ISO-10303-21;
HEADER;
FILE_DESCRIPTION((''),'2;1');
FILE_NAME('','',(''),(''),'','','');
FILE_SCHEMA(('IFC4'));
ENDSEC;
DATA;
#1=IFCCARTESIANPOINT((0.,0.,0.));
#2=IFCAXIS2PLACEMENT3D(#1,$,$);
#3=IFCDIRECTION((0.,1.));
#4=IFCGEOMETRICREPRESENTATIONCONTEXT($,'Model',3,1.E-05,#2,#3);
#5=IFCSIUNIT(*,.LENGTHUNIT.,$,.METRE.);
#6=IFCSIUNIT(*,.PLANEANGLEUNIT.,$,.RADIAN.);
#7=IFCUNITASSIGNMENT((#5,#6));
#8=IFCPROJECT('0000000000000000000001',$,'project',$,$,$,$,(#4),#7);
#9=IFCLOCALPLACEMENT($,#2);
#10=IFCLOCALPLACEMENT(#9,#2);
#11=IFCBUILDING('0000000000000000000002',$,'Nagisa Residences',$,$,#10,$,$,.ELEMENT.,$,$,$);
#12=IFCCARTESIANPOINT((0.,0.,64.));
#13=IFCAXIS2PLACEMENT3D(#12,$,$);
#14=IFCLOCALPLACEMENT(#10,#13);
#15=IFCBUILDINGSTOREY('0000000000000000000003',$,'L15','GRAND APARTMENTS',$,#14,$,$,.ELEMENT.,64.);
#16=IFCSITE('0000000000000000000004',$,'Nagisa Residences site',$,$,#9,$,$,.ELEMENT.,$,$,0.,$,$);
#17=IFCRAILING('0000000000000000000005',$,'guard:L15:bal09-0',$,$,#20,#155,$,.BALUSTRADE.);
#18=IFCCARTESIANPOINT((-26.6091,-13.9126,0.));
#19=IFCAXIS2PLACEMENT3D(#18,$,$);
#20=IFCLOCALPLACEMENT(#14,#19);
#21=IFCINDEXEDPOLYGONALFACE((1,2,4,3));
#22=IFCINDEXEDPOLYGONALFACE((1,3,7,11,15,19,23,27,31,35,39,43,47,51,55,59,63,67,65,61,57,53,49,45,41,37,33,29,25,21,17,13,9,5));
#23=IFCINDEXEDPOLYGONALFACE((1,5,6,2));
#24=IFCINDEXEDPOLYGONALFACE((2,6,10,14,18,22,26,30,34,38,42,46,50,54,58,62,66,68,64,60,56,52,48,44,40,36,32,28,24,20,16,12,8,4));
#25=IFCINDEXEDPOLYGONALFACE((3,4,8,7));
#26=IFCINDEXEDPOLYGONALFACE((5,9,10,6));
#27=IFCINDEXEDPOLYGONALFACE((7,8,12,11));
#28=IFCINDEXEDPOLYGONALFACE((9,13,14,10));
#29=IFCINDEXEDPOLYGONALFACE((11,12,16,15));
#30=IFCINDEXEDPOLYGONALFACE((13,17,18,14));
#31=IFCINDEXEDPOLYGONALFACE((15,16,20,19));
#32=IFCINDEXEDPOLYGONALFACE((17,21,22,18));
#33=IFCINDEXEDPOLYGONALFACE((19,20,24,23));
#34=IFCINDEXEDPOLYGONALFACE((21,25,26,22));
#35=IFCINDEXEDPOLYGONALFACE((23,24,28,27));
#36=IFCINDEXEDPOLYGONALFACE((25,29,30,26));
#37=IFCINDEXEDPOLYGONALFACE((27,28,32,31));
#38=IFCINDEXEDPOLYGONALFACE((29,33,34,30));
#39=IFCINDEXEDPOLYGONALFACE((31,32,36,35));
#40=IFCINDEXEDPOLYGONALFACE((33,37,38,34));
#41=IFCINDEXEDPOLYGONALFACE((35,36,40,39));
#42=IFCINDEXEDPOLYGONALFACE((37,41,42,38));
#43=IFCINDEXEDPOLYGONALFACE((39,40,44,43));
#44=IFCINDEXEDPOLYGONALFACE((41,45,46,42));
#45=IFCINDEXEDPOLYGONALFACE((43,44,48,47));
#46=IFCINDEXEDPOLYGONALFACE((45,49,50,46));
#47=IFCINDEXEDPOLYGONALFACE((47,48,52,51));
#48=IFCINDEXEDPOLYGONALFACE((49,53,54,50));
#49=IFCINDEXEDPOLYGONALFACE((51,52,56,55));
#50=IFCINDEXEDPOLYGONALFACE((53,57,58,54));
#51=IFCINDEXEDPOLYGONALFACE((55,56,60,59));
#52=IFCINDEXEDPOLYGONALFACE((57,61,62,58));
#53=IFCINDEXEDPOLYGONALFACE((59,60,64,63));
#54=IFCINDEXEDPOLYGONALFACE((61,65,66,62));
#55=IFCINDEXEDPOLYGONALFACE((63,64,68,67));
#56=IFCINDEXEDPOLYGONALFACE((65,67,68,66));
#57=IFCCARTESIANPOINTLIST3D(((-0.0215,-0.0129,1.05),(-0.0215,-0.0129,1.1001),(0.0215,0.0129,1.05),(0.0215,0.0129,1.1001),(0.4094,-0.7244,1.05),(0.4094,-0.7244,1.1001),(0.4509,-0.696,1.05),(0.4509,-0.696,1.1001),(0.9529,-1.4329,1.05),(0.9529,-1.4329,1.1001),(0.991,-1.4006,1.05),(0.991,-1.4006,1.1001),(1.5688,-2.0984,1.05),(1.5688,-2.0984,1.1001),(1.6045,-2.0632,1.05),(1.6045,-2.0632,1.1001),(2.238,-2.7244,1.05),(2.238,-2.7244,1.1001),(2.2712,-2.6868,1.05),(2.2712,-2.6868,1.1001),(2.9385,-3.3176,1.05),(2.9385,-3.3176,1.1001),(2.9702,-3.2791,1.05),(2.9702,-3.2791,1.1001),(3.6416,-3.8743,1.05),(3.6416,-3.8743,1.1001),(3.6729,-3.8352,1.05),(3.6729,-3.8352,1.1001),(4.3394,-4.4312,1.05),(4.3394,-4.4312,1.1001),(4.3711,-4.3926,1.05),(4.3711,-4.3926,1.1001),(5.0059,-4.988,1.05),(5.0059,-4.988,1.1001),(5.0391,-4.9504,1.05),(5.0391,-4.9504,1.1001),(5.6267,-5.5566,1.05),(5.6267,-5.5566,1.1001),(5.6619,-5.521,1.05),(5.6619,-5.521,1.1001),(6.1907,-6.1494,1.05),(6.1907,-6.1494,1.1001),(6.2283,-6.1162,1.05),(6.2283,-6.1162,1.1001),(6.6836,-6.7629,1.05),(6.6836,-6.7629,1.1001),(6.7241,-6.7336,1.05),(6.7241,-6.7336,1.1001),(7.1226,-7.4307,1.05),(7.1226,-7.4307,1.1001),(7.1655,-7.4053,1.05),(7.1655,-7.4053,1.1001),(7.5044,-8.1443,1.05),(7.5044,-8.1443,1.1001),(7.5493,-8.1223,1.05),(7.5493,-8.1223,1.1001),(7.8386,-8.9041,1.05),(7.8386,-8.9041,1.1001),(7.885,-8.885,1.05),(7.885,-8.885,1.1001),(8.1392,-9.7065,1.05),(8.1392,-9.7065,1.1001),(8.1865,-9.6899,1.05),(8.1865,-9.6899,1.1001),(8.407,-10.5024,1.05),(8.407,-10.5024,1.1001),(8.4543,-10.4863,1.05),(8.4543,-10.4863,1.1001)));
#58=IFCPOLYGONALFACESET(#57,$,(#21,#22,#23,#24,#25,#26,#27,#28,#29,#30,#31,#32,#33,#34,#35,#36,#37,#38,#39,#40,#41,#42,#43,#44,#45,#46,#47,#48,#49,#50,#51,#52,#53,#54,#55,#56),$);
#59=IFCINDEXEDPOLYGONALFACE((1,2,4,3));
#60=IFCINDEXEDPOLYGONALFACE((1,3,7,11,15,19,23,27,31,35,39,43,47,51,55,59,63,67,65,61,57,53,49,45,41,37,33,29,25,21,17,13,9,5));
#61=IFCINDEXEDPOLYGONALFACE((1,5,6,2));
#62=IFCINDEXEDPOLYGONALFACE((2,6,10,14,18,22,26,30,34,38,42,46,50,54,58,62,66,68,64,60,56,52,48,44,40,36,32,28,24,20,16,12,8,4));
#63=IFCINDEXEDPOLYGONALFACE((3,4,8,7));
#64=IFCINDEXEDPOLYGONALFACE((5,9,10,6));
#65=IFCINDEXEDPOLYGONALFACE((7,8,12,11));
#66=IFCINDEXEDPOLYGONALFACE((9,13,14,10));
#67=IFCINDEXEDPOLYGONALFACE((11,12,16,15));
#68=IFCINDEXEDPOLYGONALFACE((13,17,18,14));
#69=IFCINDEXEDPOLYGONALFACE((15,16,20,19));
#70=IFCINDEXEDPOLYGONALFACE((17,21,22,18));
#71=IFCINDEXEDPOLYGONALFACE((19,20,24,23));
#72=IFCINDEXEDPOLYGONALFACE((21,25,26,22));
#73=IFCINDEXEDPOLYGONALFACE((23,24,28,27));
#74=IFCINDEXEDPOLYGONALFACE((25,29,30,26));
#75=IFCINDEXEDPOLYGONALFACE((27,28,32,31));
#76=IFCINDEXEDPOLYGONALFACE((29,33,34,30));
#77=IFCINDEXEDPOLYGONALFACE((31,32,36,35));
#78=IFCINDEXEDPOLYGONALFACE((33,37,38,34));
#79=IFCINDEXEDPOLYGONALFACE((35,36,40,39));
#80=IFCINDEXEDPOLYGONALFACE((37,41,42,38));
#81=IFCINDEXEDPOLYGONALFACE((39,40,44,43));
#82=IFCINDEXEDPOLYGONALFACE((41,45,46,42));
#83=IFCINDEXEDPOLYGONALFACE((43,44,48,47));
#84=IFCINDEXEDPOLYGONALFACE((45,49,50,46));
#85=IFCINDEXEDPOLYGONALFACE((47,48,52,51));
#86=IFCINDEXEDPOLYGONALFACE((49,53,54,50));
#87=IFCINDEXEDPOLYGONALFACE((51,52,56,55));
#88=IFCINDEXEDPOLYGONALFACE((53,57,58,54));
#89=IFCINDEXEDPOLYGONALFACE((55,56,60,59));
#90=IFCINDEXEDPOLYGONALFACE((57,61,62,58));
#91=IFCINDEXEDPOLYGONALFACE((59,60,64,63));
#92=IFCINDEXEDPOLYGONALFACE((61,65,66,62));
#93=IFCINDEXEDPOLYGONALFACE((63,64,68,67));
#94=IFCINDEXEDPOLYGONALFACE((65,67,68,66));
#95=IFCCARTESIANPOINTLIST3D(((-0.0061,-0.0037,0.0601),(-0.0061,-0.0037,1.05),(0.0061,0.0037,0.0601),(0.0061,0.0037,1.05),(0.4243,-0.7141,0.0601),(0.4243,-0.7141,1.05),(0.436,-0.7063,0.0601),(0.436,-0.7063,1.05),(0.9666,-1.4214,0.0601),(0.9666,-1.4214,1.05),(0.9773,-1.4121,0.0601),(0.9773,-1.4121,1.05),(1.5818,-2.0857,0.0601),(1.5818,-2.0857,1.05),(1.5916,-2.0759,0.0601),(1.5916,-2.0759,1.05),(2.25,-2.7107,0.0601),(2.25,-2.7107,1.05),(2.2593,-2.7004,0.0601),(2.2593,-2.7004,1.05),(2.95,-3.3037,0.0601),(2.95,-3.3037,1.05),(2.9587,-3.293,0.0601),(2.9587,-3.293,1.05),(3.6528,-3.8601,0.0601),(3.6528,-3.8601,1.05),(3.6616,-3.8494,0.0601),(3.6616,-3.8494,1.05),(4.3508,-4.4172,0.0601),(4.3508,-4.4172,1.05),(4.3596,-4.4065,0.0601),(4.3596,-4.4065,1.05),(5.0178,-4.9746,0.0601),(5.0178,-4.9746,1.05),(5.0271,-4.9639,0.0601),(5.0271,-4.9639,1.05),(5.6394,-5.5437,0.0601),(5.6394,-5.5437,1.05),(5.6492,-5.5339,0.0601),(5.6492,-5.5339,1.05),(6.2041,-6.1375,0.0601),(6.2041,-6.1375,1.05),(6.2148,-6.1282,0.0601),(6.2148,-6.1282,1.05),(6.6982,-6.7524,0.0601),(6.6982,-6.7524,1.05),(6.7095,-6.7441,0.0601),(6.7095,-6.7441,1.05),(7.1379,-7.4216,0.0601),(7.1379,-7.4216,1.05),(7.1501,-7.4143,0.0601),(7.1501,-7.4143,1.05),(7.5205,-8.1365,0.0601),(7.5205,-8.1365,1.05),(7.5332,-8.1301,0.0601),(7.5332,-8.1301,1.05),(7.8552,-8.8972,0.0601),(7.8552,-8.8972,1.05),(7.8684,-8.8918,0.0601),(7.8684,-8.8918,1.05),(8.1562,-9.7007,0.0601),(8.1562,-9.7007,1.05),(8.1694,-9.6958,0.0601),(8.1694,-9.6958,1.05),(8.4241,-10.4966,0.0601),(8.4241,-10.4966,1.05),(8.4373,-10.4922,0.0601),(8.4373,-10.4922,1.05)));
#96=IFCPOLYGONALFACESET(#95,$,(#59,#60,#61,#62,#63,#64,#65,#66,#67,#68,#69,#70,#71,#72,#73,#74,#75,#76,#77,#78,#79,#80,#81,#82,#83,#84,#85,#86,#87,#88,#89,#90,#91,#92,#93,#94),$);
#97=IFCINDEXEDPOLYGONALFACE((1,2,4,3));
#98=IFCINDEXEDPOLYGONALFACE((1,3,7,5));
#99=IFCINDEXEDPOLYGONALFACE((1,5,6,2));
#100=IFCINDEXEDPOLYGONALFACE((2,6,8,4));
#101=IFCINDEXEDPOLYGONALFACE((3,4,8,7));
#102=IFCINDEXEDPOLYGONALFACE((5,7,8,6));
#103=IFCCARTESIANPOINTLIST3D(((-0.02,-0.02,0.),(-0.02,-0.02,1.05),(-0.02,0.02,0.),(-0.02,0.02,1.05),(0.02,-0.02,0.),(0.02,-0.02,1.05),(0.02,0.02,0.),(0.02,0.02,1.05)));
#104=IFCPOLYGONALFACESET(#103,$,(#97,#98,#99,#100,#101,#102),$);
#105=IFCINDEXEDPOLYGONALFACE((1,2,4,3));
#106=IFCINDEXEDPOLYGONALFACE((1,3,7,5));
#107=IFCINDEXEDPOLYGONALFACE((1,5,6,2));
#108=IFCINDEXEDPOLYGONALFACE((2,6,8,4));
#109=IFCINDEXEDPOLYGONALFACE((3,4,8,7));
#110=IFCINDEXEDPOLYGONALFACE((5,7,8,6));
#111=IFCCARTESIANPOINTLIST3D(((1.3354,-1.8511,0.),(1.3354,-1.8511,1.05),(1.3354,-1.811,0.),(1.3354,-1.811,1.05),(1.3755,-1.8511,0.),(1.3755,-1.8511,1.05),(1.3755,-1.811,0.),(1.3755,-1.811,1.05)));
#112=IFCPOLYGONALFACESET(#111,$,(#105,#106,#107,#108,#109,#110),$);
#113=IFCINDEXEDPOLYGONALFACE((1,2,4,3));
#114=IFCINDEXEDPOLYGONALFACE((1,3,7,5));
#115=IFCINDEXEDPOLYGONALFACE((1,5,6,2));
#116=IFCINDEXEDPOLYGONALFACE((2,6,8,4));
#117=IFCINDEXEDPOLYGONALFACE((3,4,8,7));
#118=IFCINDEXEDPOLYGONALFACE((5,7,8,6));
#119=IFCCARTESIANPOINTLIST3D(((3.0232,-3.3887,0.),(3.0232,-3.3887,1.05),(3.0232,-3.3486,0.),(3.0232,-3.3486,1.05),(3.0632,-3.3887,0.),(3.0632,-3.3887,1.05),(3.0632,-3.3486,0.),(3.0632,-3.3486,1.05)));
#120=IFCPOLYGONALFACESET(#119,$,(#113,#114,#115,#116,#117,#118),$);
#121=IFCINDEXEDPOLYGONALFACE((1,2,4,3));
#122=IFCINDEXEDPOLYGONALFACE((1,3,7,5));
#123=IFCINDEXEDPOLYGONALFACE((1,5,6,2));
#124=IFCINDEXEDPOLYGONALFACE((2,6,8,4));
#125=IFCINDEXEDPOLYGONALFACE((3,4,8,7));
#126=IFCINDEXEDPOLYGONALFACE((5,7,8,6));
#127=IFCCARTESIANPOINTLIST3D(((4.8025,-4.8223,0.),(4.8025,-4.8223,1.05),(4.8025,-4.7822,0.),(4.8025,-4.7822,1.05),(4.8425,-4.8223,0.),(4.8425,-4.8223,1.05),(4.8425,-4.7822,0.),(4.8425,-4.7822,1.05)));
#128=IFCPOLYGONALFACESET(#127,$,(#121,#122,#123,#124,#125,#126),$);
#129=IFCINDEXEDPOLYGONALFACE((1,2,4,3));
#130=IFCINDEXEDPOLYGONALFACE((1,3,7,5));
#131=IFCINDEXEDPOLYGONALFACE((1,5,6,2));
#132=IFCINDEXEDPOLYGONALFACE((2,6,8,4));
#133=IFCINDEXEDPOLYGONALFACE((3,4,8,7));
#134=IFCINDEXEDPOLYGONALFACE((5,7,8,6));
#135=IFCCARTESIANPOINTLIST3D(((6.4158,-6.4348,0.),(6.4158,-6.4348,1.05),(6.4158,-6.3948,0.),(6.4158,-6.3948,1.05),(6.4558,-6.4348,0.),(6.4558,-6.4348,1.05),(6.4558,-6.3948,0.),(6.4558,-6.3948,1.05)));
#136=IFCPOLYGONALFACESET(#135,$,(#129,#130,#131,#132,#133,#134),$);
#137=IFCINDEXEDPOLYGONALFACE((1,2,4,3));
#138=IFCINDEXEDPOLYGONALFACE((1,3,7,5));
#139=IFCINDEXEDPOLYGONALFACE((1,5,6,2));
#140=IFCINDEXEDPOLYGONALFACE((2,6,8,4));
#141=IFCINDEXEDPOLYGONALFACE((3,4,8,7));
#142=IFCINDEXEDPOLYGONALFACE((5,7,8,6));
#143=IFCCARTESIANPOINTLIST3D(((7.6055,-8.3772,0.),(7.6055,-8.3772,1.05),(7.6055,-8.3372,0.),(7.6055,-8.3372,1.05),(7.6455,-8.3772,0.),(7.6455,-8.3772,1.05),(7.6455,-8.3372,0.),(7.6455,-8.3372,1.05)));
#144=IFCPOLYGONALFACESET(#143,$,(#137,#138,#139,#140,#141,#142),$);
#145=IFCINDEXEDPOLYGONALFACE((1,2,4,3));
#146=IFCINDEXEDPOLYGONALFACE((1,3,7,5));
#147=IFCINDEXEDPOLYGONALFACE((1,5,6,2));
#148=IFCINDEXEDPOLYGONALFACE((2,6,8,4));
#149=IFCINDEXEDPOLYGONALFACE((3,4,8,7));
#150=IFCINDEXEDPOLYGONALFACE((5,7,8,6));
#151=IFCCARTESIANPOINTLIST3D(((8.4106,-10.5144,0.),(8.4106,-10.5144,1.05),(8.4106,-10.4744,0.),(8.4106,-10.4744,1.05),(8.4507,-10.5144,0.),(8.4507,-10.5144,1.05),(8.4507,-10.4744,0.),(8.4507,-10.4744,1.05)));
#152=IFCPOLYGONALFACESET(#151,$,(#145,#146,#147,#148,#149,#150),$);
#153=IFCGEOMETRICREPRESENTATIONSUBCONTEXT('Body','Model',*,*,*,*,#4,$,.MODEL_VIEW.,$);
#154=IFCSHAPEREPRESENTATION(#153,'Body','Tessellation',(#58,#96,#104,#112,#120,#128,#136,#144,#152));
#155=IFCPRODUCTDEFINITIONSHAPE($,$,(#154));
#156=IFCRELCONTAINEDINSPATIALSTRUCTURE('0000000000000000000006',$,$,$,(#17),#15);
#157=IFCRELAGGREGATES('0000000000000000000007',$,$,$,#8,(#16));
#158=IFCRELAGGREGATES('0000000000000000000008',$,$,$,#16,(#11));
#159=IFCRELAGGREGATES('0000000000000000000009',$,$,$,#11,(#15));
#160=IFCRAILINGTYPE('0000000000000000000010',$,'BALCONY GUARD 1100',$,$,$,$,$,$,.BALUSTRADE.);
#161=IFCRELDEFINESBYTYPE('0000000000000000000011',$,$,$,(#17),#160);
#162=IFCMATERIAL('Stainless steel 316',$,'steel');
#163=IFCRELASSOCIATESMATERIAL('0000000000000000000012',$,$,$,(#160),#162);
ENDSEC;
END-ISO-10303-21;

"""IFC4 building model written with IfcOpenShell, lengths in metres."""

from ifc_helpers import new_model, si_unit, direction, frame, origin, origin_2d, place, context, subcontext, project, spatial, polyline, rectangle, outline, extrude, material, type_object, element, save


model = new_model("IFC4")

# Units and contexts
model_context = context("Model", 3, precision=1e-05, world=origin(), true_north=direction((0.0, 1.0)))
body_context = subcontext(model_context, "Body", "Model", "MODEL_VIEW")
ifc_project = project(units=[si_unit("LENGTHUNIT", "METRE"), si_unit("PLANEANGLEUNIT", "RADIAN")], contexts=[model_context])

# Site, building, storey
site_placement = place(None, origin())
site = spatial("IfcSite", under=ifc_project, at=site_placement, Name="Nagisa Residences site", CompositionType="ELEMENT", RefElevation=0.0)
building_placement = place(site_placement, origin())
building = spatial("IfcBuilding", under=site, at=building_placement, Name="Nagisa Residences", CompositionType="ELEMENT")
storey_placement = place(building_placement, frame((0.0, 0.0, 64.0)))
storey = spatial("IfcBuildingStorey", under=building, at=storey_placement, Name="L15", Description="GRAND APARTMENTS", CompositionType="ELEMENT", Elevation=64.0)

# Railing
ifc_material_1 = material(Name="Stainless steel 316", Category="steel")
railing_type = type_object("IfcRailingType", Name="BALCONY GUARD 1100", PredefinedType="BALUSTRADE", material=ifc_material_1)
railing_1_placement = place(storey_placement, frame((-26.6091, -13.9126, 0.0)))
element("IfcRailing", 1, at=railing_1_placement, inside=storey, type_object=railing_type, Name="guard:L15:bal09-0", PredefinedType="BALUSTRADE", context=body_context, shape_type="SweptSolid", body=[
    extrude(outline(polyline([(0.4509, -0.696), (0.0215, 0.0129), (-0.0215, -0.0129), (0.4094, -0.7244), (0.9529, -1.4329), (1.5688, -2.0984), (2.238, -2.7244), (2.9385, -3.3176), (3.6416, -3.8743), (4.3394, -4.4312), (5.0059, -4.988), (5.6267, -5.5566), (6.1907, -6.1494), (6.6836, -6.7629), (7.1226, -7.4307), (7.5044, -8.1443), (7.8386, -8.9041), (8.1392, -9.7065), (8.407, -10.5024), (8.4543, -10.4863), (8.1865, -9.6899), (7.885, -8.885), (7.5493, -8.1223), (7.1655, -7.4053), (6.7241, -6.7336), (6.2283, -6.1162), (5.6619, -5.521), (5.0391, -4.9504), (4.3711, -4.3926), (3.6729, -3.8352), (2.9702, -3.2791), (2.2712, -2.6868), (1.6045, -2.0632), (0.991, -1.4006), (0.4509, -0.696)])), frame((0.0, 0.0, 1.05)), (0.0, 0.0, 1.0), 0.05),
    extrude(outline(polyline([(0.436, -0.7063), (0.0061, 0.0037), (-0.0061, -0.0037), (0.4243, -0.7141), (0.9666, -1.4214), (1.5818, -2.0857), (2.25, -2.7107), (2.95, -3.3037), (3.6528, -3.8601), (4.3508, -4.4172), (5.0178, -4.9746), (5.6394, -5.5437), (6.2041, -6.1375), (6.6982, -6.7524), (7.1379, -7.4216), (7.5205, -8.1365), (7.8552, -8.8972), (8.1562, -9.7007), (8.4241, -10.4966), (8.4373, -10.4922), (8.1694, -9.6958), (7.8684, -8.8918), (7.5332, -8.1301), (7.1501, -7.4143), (6.7095, -6.7441), (6.2148, -6.1282), (5.6492, -5.5339), (5.0271, -4.9639), (4.3596, -4.4065), (3.6616, -3.8494), (2.9587, -3.293), (2.2593, -2.7004), (1.5916, -2.0759), (0.9773, -1.4121), (0.436, -0.7063)])), frame((0.0, 0.0, 0.0601)), (0.0, 0.0, 1.0), 0.99),
    extrude(rectangle(XDim=0.04, YDim=0.04, at=origin_2d()), origin(), (0.0, 0.0, 1.0), 1.05),
    extrude(rectangle(XDim=0.04, YDim=0.04, at=origin_2d()), frame((1.3555, -1.8311, 0.0)), (0.0, 0.0, 1.0), 1.05),
    extrude(rectangle(XDim=0.04, YDim=0.04, at=origin_2d()), frame((3.0432, -3.3687, 0.0)), (0.0, 0.0, 1.0), 1.05),
    extrude(rectangle(XDim=0.04, YDim=0.04, at=origin_2d()), frame((4.8225, -4.8022, 0.0)), (0.0, 0.0, 1.0), 1.05),
    extrude(rectangle(XDim=0.04, YDim=0.04, at=origin_2d()), frame((6.4358, -6.4148, 0.0)), (0.0, 0.0, 1.0), 1.05),
    extrude(rectangle(XDim=0.04, YDim=0.04, at=origin_2d()), frame((7.6255, -8.3572, 0.0)), (0.0, 0.0, 1.0), 1.05),
    extrude(rectangle(XDim=0.04, YDim=0.04, at=origin_2d()), frame((8.4307, -10.4944, 0.0)), (0.0, 0.0, 1.0), 1.05),
])

save(model, "model.ifc")
